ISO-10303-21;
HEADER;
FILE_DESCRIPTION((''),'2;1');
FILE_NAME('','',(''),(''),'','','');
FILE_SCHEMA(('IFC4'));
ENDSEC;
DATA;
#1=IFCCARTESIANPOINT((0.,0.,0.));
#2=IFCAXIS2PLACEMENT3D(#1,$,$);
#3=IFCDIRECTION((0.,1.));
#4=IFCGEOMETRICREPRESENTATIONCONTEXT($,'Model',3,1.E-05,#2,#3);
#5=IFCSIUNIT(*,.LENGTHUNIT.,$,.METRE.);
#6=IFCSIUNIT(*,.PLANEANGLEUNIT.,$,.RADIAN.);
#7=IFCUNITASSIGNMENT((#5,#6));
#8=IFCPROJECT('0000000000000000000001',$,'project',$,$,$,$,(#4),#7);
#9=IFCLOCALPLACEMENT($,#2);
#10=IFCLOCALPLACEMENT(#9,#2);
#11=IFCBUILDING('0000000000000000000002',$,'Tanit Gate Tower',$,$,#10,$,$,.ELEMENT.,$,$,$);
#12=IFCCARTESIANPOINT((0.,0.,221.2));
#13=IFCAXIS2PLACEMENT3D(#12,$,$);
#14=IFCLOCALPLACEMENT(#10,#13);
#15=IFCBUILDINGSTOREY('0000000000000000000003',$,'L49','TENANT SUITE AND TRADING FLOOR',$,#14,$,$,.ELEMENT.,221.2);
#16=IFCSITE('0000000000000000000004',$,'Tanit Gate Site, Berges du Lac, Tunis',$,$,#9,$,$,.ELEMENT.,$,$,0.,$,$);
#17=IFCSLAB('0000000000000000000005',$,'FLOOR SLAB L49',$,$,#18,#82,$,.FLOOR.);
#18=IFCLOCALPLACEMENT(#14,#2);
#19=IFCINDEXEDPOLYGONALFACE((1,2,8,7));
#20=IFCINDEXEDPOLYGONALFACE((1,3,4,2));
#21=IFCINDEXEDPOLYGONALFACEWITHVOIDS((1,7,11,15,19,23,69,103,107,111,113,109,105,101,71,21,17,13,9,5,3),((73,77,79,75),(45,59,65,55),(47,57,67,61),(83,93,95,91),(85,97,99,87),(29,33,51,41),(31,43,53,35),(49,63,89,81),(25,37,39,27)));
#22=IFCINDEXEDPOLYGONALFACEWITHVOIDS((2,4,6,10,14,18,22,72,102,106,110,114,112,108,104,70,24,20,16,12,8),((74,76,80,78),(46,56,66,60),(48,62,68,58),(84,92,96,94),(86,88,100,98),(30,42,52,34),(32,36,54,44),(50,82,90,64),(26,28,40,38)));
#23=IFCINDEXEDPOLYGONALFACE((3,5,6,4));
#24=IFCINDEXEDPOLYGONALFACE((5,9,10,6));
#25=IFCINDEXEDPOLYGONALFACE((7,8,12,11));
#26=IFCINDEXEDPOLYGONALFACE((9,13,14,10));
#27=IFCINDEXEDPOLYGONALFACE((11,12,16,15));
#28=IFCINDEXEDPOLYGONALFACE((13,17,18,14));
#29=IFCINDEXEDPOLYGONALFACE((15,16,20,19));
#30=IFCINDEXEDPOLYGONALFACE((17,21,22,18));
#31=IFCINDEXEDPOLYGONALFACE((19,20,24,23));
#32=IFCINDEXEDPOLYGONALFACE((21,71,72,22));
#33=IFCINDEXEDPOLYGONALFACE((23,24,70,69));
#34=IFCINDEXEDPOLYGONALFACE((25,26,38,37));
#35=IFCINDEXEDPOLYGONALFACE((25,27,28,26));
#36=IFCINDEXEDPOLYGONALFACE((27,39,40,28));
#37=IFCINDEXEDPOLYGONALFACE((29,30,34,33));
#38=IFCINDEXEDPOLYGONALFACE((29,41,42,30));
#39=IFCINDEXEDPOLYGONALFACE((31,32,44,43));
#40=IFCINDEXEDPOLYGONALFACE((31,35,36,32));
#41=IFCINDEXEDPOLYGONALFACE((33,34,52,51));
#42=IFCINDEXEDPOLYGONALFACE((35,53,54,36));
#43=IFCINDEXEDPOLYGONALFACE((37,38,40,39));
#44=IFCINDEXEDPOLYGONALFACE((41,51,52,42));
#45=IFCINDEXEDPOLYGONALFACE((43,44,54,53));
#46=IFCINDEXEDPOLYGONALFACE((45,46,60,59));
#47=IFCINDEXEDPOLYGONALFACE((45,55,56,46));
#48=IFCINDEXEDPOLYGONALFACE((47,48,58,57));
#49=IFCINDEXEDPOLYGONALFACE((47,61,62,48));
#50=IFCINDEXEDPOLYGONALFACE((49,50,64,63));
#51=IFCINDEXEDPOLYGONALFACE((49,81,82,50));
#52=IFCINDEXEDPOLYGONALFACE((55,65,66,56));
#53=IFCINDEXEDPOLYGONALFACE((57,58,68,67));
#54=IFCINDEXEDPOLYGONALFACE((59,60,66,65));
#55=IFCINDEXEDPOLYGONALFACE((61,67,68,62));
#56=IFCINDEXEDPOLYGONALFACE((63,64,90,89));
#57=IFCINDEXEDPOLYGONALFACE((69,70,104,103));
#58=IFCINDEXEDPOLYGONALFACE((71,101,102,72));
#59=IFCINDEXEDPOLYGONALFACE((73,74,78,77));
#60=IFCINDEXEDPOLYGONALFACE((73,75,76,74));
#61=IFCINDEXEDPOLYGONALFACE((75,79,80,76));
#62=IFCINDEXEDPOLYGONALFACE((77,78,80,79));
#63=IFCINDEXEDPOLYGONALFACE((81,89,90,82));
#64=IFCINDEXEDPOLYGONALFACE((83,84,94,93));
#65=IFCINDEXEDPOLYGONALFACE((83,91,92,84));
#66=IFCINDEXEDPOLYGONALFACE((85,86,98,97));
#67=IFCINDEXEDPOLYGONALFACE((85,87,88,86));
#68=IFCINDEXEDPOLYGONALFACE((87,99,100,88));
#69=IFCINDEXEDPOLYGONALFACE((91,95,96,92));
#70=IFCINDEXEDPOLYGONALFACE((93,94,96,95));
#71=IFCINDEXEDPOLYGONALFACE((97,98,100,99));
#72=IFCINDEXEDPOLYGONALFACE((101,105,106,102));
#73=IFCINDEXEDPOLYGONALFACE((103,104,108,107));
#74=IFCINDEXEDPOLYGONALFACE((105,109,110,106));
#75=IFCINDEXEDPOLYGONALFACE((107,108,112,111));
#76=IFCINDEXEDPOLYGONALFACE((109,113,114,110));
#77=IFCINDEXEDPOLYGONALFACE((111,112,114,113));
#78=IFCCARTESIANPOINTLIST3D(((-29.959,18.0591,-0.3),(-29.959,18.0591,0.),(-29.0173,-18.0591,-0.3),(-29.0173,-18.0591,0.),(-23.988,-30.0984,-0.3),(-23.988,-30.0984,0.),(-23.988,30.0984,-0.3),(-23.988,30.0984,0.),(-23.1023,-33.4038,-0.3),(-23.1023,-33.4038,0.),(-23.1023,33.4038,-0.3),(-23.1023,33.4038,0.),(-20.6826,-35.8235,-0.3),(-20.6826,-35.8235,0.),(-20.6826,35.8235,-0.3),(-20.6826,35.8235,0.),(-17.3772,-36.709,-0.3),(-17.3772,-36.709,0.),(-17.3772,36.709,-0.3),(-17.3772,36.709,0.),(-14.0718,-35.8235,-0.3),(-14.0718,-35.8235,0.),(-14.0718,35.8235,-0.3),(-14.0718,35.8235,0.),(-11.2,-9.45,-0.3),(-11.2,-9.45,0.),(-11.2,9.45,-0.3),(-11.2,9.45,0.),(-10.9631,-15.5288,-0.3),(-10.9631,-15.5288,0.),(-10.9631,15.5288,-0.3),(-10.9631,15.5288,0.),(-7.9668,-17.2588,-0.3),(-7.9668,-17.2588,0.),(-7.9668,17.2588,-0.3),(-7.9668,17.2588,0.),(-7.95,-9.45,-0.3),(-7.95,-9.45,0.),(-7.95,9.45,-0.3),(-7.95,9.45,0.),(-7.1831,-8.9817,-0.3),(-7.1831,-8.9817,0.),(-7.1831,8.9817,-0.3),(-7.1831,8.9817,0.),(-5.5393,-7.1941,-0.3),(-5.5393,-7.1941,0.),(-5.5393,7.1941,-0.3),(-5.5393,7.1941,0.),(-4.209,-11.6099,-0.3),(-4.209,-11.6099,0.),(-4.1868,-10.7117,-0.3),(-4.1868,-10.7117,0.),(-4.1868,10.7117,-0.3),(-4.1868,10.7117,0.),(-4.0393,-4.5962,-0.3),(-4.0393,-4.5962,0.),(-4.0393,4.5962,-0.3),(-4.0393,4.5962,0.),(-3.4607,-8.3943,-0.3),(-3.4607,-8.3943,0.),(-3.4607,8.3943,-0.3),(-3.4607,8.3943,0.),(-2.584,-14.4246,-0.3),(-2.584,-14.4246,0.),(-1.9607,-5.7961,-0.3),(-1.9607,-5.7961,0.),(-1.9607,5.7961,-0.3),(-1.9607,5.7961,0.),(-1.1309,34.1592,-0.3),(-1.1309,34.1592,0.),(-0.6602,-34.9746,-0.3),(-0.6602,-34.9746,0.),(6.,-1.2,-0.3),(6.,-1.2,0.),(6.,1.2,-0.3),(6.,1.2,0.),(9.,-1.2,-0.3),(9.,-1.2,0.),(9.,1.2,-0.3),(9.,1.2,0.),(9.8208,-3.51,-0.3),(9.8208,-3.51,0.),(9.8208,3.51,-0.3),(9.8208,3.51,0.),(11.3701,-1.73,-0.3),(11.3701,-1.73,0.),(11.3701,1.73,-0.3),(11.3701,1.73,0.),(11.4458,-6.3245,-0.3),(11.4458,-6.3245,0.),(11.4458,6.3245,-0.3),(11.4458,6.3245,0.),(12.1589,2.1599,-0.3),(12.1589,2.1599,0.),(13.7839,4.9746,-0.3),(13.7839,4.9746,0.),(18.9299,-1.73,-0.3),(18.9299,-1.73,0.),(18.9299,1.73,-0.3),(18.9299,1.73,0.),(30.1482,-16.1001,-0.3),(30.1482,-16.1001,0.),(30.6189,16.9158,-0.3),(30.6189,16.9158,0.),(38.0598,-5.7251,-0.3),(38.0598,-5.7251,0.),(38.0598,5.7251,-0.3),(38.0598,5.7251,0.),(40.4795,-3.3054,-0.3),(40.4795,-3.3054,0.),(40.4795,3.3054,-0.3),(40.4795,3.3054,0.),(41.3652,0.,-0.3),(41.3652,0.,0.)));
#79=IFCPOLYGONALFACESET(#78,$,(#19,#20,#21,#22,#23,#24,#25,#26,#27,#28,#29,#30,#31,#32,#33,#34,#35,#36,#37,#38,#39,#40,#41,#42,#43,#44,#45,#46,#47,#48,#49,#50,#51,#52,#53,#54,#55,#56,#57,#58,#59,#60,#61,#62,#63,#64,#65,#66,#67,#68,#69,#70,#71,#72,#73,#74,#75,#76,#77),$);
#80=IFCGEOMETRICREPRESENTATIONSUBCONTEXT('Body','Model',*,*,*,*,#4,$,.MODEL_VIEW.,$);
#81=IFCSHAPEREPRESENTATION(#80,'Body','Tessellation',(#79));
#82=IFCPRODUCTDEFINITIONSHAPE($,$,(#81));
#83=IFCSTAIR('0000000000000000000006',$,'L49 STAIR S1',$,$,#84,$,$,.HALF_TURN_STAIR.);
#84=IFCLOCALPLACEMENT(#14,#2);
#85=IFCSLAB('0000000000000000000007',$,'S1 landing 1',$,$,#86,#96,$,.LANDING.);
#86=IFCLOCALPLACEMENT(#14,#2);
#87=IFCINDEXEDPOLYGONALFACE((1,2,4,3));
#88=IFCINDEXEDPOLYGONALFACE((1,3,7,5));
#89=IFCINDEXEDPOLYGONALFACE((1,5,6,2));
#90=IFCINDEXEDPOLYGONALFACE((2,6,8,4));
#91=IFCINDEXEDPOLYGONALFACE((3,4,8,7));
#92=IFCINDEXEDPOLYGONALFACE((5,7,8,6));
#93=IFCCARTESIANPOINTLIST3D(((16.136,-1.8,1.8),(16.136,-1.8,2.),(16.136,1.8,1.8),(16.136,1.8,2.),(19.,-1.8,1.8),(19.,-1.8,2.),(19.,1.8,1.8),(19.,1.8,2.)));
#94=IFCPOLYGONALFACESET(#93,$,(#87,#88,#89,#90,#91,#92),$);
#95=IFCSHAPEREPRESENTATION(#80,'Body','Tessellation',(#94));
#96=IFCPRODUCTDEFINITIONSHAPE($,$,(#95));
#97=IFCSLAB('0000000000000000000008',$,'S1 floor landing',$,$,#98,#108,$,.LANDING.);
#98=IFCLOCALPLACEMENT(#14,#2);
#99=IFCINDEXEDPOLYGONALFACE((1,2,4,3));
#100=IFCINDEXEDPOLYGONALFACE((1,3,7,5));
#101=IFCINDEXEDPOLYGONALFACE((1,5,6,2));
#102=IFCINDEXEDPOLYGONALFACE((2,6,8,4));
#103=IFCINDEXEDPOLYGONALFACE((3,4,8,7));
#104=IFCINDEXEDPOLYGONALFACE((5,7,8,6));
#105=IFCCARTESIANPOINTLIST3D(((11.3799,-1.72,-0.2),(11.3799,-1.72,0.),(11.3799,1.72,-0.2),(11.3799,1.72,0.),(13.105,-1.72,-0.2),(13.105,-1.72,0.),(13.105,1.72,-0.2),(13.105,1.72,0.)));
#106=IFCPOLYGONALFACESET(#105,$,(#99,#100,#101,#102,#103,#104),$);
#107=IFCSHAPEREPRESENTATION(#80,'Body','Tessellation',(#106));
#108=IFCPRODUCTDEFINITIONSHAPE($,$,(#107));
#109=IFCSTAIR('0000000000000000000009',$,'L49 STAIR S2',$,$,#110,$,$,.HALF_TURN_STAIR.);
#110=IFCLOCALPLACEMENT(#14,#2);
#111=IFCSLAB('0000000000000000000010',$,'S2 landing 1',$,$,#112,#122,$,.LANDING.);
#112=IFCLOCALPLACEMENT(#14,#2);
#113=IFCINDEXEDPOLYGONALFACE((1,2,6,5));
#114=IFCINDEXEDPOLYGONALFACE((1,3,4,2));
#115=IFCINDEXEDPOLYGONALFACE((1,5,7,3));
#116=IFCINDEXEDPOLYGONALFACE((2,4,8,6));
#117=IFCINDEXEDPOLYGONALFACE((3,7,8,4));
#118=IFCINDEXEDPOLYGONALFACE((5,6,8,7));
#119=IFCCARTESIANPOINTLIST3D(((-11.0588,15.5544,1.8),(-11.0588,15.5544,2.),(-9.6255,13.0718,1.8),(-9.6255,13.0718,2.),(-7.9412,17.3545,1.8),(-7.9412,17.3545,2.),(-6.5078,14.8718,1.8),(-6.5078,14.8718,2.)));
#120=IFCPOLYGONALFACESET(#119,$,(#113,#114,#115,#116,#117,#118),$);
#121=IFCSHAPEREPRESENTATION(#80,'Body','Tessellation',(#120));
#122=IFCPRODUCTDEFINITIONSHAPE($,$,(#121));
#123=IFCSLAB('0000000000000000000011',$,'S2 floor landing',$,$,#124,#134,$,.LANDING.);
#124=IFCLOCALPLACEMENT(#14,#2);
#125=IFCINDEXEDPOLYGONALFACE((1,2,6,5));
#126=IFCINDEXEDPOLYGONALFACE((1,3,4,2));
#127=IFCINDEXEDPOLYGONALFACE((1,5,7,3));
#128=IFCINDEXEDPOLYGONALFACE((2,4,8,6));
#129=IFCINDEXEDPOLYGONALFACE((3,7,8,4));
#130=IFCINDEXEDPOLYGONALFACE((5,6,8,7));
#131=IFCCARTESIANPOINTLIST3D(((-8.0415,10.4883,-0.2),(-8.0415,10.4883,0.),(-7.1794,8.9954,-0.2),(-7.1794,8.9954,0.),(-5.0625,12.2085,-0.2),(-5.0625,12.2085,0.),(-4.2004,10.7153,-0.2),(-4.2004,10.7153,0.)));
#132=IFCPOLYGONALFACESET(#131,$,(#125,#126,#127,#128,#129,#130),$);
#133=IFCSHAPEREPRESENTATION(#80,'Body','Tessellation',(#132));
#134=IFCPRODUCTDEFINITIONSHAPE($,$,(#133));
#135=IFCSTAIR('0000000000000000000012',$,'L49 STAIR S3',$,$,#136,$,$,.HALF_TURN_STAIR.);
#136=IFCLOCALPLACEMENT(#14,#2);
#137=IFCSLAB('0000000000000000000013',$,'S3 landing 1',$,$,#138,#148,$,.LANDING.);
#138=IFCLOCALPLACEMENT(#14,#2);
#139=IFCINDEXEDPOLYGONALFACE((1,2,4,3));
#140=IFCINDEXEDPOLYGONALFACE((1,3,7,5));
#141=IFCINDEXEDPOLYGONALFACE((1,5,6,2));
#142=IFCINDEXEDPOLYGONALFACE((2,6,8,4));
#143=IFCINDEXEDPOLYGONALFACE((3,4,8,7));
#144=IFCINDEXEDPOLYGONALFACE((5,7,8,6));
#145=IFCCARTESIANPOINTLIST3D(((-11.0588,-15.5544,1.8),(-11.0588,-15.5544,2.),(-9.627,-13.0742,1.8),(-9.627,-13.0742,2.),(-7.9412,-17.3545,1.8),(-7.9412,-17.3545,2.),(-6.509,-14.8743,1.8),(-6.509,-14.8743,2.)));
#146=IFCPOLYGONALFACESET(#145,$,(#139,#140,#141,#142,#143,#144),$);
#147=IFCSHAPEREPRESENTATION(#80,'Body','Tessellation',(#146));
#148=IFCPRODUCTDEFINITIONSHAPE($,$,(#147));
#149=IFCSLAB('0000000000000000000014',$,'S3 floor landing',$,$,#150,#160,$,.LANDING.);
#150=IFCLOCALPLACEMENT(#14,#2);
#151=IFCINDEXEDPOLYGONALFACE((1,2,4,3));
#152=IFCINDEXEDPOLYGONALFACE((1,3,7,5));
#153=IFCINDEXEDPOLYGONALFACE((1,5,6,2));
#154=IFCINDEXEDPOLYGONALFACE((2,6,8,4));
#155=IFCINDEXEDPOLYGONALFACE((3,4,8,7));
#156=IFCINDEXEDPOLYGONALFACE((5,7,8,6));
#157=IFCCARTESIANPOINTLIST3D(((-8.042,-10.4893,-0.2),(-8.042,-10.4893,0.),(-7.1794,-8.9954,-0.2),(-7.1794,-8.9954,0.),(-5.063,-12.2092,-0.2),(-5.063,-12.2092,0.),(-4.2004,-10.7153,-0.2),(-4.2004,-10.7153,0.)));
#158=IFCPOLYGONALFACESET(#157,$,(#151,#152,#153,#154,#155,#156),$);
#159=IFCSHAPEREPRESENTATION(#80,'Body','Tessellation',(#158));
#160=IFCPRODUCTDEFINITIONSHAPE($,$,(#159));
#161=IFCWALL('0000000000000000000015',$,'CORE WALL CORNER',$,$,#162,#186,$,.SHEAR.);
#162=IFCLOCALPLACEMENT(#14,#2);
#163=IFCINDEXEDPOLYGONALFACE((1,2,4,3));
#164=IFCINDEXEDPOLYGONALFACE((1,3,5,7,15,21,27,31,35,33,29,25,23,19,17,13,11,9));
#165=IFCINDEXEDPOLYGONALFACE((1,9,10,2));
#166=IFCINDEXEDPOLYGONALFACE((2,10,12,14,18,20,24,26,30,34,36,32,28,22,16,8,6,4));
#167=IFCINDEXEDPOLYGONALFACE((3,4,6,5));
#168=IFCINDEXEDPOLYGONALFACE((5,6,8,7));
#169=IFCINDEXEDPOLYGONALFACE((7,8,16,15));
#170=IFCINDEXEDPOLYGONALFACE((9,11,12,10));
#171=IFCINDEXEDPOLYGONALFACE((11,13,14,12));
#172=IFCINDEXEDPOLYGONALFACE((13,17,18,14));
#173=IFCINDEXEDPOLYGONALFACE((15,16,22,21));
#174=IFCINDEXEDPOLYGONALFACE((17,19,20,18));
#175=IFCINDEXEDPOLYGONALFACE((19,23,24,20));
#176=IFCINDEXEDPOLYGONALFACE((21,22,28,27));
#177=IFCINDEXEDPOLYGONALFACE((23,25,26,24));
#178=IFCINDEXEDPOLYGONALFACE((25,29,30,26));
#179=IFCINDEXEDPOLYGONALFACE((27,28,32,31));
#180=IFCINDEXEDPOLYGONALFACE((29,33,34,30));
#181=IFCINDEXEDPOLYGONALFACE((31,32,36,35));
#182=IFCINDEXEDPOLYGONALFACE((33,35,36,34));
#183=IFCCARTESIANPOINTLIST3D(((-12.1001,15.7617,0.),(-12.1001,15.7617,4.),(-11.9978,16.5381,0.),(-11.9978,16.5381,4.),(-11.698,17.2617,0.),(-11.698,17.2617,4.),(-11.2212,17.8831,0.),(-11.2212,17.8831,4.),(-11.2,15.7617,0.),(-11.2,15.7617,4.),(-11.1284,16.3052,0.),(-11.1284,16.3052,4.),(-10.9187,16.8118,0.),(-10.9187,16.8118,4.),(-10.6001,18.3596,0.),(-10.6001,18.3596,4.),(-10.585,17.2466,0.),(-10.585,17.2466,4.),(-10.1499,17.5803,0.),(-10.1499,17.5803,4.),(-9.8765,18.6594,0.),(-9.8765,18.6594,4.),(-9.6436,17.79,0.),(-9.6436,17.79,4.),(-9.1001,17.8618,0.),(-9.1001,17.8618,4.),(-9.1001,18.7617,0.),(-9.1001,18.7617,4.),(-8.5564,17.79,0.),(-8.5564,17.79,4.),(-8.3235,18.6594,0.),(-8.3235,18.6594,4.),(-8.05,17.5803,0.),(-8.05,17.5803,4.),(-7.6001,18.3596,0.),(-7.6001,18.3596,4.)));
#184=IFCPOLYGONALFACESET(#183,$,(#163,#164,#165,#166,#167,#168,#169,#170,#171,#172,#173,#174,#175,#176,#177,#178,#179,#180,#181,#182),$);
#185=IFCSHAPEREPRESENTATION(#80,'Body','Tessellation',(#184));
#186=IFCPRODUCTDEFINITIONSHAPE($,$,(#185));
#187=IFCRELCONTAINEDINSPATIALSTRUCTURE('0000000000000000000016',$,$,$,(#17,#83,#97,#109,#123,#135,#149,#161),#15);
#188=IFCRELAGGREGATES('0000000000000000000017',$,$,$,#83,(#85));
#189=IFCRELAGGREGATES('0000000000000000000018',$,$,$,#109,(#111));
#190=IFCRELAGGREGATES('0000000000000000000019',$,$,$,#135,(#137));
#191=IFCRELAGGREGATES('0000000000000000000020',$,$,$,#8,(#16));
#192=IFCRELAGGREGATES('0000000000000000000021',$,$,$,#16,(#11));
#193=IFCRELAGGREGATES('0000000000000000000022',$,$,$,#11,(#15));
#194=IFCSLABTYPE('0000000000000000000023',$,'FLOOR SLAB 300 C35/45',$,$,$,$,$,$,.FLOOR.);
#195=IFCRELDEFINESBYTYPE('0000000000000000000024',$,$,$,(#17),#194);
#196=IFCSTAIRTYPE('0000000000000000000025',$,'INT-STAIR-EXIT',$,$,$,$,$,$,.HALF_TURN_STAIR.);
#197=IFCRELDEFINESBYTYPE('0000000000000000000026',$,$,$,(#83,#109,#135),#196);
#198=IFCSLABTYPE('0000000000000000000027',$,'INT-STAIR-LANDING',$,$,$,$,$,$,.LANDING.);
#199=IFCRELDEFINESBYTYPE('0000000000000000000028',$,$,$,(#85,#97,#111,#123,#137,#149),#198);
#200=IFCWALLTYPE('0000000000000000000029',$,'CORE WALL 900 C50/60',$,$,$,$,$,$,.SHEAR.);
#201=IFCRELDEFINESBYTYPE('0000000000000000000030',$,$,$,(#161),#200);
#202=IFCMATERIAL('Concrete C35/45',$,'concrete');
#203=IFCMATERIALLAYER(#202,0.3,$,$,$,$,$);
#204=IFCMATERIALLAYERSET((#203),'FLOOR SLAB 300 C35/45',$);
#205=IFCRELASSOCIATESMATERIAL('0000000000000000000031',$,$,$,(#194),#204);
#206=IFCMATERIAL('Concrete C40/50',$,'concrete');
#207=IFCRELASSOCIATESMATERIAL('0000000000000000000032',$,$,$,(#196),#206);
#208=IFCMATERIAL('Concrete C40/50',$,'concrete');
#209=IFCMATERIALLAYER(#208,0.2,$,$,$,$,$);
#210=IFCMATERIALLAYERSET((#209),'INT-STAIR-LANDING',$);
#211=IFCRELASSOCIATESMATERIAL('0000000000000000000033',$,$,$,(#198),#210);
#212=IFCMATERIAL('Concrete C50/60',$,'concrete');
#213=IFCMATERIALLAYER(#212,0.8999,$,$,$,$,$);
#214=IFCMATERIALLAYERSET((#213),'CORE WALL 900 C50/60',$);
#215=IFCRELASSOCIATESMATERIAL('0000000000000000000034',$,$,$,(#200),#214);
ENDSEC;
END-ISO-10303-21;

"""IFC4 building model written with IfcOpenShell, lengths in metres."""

from ifc_helpers import new_model, si_unit, direction, frame, origin, place, context, subcontext, project, spatial, polyline, outline, extrude, material, layer, layer_set, type_object, element, aggregate, save


model = new_model("IFC4")

# Units and contexts
model_context = context("Model", 3, precision=1e-05, world=origin(), true_north=direction((0.0, 1.0)))
body_context = subcontext(model_context, "Body", "Model", "MODEL_VIEW")
ifc_project = project(units=[si_unit("LENGTHUNIT", "METRE"), si_unit("PLANEANGLEUNIT", "RADIAN")], contexts=[model_context])

# Site, building, storey
site_placement = place(None, origin())
site = spatial("IfcSite", under=ifc_project, at=site_placement, Name="Tanit Gate Site, Berges du Lac, Tunis", CompositionType="ELEMENT", RefElevation=0.0)
building_placement = place(site_placement, origin())
building = spatial("IfcBuilding", under=site, at=building_placement, Name="Tanit Gate Tower", CompositionType="ELEMENT")
storey_placement = place(building_placement, frame((0.0, 0.0, 221.2)))
storey = spatial("IfcBuildingStorey", under=building, at=storey_placement, Name="L49", Description="TENANT SUITE AND TRADING FLOOR", CompositionType="ELEMENT", Elevation=221.2)

# Slab
ifc_material_1 = material(Name="Concrete C35/45", Category="concrete")
ifc_layer_1 = layer(ifc_material_1, 0.3)
ifc_layer_set_1 = layer_set([ifc_layer_1], Name="FLOOR SLAB 300 C35/45")
slab_type_1 = type_object("IfcSlabType", Name="FLOOR SLAB 300 C35/45", PredefinedType="FLOOR", material=ifc_layer_set_1)
slab_1_placement = place(storey_placement, frame((0.0, 0.0, -0.3)))
element("IfcSlab", 1, at=slab_1_placement, inside=storey, type_object=slab_type_1, Name="FLOOR SLAB L49", PredefinedType="FLOOR", context=body_context, shape_type="SweptSolid", body=[
    extrude(outline(polyline([(38.0598, 5.7251), (40.4795, 3.3054), (41.3652, 0.0), (40.4795, -3.3054), (38.0598, -5.7251), (30.1482, -16.1001), (-0.6602, -34.9746), (-14.0718, -35.8235), (-17.3772, -36.709), (-20.6826, -35.8235), (-23.1023, -33.4038), (-23.988, -30.0984), (-29.0173, -18.0591), (-29.959, 18.0591), (-23.988, 30.0984), (-23.1023, 33.4038), (-20.6826, 35.8235), (-17.3772, 36.709), (-14.0718, 35.8235), (-1.1309, 34.1592), (30.6189, 16.9158), (38.0598, 5.7251)]), holes=[polyline([(11.3701, 1.73), (18.9299, 1.73), (18.9299, -1.73), (11.3701, -1.73), (11.3701, 1.73)]), polyline([(9.8208, 3.51), (11.4458, 6.3245), (13.7839, 4.9746), (12.1589, 2.1599), (9.8208, 3.51)]), polyline([(-4.209, -11.6099), (9.8208, -3.51), (11.4458, -6.3245), (-2.584, -14.4246), (-4.209, -11.6099)]), polyline([(6.0, 1.2), (9.0, 1.2), (9.0, -1.2), (6.0, -1.2), (6.0, 1.2)]), polyline([(-5.5393, 7.1941), (-3.4607, 8.3943), (-1.9607, 5.7961), (-4.0393, 4.5962), (-5.5393, 7.1941)]), polyline([(-1.9607, -5.7961), (-3.4607, -8.3943), (-5.5393, -7.1941), (-4.0393, -4.5962), (-1.9607, -5.7961)]), polyline([(-10.9631, 15.5288), (-7.9668, 17.2588), (-4.1868, 10.7117), (-7.1831, 8.9817), (-10.9631, 15.5288)]), polyline([(-4.1868, -10.7117), (-7.9668, -17.2588), (-10.9631, -15.5288), (-7.1831, -8.9817), (-4.1868, -10.7117)]), polyline([(-11.2, -9.45), (-11.2, 9.45), (-7.95, 9.45), (-7.95, -9.45), (-11.2, -9.45)])]), origin(), (0.0, 0.0, 1.0), 0.3),
])

# Stair, slab
ifc_material_2 = material(Name="Concrete C40/50", Category="concrete")
stair_type = type_object("IfcStairType", Name="INT-STAIR-EXIT", PredefinedType="HALF_TURN_STAIR", material=ifc_material_2)
stair_1_placement = place(storey_placement, origin())
stair_1 = element("IfcStair", 2, at=stair_1_placement, inside=storey, type_object=stair_type, Name="L49 STAIR S1", PredefinedType="HALF_TURN_STAIR")
ifc_material_3 = material(Name="Concrete C40/50", Category="concrete")
ifc_layer_2 = layer(ifc_material_3, 0.2)
ifc_layer_set_2 = layer_set([ifc_layer_2], Name="INT-STAIR-LANDING")
slab_type_2 = type_object("IfcSlabType", Name="INT-STAIR-LANDING", PredefinedType="LANDING", material=ifc_layer_set_2)
slab_2_placement = place(storey_placement, frame((0.0, 0.0, 1.8)))
slab_2 = element("IfcSlab", 3, at=slab_2_placement, type_object=slab_type_2, Name="S1 landing 1", PredefinedType="LANDING", context=body_context, shape_type="SweptSolid", body=[
    extrude(outline(polyline([(16.136, -1.8), (19.0, -1.8), (19.0, 1.8), (16.136, 1.8), (16.136, -1.8)])), origin(), (0.0, 0.0, 1.0), 0.2),
])
aggregate(stair_1, [slab_2])

# Slab
slab_3_placement = place(storey_placement, frame((0.0, 0.0, -0.2)))
element("IfcSlab", 4, at=slab_3_placement, inside=storey, type_object=slab_type_2, Name="S1 floor landing", PredefinedType="LANDING", context=body_context, shape_type="SweptSolid", body=[
    extrude(outline(polyline([(11.3799, -1.72), (13.105, -1.72), (13.105, 1.72), (11.3799, 1.72), (11.3799, -1.72)])), origin(), (0.0, 0.0, 1.0), 0.2),
])

# Stair, slab
stair_2_placement = place(storey_placement, origin())
stair_2 = element("IfcStair", 5, at=stair_2_placement, inside=storey, type_object=stair_type, Name="L49 STAIR S2", PredefinedType="HALF_TURN_STAIR")
slab_4_placement = place(storey_placement, frame((0.0, 0.0, 1.8)))
slab_4 = element("IfcSlab", 6, at=slab_4_placement, type_object=slab_type_2, Name="S2 landing 1", PredefinedType="LANDING", context=body_context, shape_type="SweptSolid", body=[
    extrude(outline(polyline([(-6.5078, 14.8718), (-7.9412, 17.3545), (-11.0588, 15.5544), (-9.6255, 13.0718), (-6.5078, 14.8718)])), origin(), (0.0, 0.0, 1.0), 0.2),
])
aggregate(stair_2, [slab_4])

# Slab
slab_5_placement = place(storey_placement, frame((0.0, 0.0, -0.2)))
element("IfcSlab", 7, at=slab_5_placement, inside=storey, type_object=slab_type_2, Name="S2 floor landing", PredefinedType="LANDING", context=body_context, shape_type="SweptSolid", body=[
    extrude(outline(polyline([(-4.2004, 10.7153), (-5.0625, 12.2085), (-8.0415, 10.4883), (-7.1794, 8.9954), (-4.2004, 10.7153)])), origin(), (0.0, 0.0, 1.0), 0.2),
])

# Stair, slab
stair_3_placement = place(storey_placement, origin())
stair_3 = element("IfcStair", 8, at=stair_3_placement, inside=storey, type_object=stair_type, Name="L49 STAIR S3", PredefinedType="HALF_TURN_STAIR")
slab_6_placement = place(storey_placement, frame((0.0, 0.0, 1.8)))
slab_6 = element("IfcSlab", 9, at=slab_6_placement, type_object=slab_type_2, Name="S3 landing 1", PredefinedType="LANDING", context=body_context, shape_type="SweptSolid", body=[
    extrude(outline(polyline([(-9.627, -13.0742), (-11.0588, -15.5544), (-7.9412, -17.3545), (-6.509, -14.8743), (-9.627, -13.0742)])), origin(), (0.0, 0.0, 1.0), 0.2),
])
aggregate(stair_3, [slab_6])

# Slab
slab_7_placement = place(storey_placement, frame((0.0, 0.0, -0.2)))
element("IfcSlab", 10, at=slab_7_placement, inside=storey, type_object=slab_type_2, Name="S3 floor landing", PredefinedType="LANDING", context=body_context, shape_type="SweptSolid", body=[
    extrude(outline(polyline([(-7.1794, -8.9954), (-8.042, -10.4893), (-5.063, -12.2092), (-4.2004, -10.7153), (-7.1794, -8.9954)])), origin(), (0.0, 0.0, 1.0), 0.2),
])

# Wall
ifc_material_4 = material(Name="Concrete C50/60", Category="concrete")
ifc_layer_3 = layer(ifc_material_4, 0.8999)
ifc_layer_set_3 = layer_set([ifc_layer_3], Name="CORE WALL 900 C50/60")
wall_type_1 = type_object("IfcWallType", Name="CORE WALL 900 C50/60", PredefinedType="SHEAR", material=ifc_layer_set_3)
wall_1_placement = place(storey_placement, origin())
element("IfcWall", 11, at=wall_1_placement, inside=storey, type_object=wall_type_1, Name="CORE WALL CORNER", PredefinedType="SHEAR", context=body_context, shape_type="SweptSolid", body=[
    extrude(outline(polyline([(-7.6001, 18.3596), (-8.3235, 18.6594), (-9.1001, 18.7617), (-9.8765, 18.6594), (-10.6001, 18.3596), (-11.2212, 17.8831), (-11.698, 17.2617), (-11.9978, 16.5381), (-12.1001, 15.7617), (-11.2, 15.7617), (-11.1284, 16.3052), (-10.9187, 16.8118), (-10.585, 17.2466), (-10.1499, 17.5803), (-9.6436, 17.79), (-9.1001, 17.8618), (-8.5564, 17.79), (-8.05, 17.5803), (-7.6001, 18.3596)])), origin(), (0.0, 0.0, 1.0), 4.0),
])

save(model, "model.ifc")
